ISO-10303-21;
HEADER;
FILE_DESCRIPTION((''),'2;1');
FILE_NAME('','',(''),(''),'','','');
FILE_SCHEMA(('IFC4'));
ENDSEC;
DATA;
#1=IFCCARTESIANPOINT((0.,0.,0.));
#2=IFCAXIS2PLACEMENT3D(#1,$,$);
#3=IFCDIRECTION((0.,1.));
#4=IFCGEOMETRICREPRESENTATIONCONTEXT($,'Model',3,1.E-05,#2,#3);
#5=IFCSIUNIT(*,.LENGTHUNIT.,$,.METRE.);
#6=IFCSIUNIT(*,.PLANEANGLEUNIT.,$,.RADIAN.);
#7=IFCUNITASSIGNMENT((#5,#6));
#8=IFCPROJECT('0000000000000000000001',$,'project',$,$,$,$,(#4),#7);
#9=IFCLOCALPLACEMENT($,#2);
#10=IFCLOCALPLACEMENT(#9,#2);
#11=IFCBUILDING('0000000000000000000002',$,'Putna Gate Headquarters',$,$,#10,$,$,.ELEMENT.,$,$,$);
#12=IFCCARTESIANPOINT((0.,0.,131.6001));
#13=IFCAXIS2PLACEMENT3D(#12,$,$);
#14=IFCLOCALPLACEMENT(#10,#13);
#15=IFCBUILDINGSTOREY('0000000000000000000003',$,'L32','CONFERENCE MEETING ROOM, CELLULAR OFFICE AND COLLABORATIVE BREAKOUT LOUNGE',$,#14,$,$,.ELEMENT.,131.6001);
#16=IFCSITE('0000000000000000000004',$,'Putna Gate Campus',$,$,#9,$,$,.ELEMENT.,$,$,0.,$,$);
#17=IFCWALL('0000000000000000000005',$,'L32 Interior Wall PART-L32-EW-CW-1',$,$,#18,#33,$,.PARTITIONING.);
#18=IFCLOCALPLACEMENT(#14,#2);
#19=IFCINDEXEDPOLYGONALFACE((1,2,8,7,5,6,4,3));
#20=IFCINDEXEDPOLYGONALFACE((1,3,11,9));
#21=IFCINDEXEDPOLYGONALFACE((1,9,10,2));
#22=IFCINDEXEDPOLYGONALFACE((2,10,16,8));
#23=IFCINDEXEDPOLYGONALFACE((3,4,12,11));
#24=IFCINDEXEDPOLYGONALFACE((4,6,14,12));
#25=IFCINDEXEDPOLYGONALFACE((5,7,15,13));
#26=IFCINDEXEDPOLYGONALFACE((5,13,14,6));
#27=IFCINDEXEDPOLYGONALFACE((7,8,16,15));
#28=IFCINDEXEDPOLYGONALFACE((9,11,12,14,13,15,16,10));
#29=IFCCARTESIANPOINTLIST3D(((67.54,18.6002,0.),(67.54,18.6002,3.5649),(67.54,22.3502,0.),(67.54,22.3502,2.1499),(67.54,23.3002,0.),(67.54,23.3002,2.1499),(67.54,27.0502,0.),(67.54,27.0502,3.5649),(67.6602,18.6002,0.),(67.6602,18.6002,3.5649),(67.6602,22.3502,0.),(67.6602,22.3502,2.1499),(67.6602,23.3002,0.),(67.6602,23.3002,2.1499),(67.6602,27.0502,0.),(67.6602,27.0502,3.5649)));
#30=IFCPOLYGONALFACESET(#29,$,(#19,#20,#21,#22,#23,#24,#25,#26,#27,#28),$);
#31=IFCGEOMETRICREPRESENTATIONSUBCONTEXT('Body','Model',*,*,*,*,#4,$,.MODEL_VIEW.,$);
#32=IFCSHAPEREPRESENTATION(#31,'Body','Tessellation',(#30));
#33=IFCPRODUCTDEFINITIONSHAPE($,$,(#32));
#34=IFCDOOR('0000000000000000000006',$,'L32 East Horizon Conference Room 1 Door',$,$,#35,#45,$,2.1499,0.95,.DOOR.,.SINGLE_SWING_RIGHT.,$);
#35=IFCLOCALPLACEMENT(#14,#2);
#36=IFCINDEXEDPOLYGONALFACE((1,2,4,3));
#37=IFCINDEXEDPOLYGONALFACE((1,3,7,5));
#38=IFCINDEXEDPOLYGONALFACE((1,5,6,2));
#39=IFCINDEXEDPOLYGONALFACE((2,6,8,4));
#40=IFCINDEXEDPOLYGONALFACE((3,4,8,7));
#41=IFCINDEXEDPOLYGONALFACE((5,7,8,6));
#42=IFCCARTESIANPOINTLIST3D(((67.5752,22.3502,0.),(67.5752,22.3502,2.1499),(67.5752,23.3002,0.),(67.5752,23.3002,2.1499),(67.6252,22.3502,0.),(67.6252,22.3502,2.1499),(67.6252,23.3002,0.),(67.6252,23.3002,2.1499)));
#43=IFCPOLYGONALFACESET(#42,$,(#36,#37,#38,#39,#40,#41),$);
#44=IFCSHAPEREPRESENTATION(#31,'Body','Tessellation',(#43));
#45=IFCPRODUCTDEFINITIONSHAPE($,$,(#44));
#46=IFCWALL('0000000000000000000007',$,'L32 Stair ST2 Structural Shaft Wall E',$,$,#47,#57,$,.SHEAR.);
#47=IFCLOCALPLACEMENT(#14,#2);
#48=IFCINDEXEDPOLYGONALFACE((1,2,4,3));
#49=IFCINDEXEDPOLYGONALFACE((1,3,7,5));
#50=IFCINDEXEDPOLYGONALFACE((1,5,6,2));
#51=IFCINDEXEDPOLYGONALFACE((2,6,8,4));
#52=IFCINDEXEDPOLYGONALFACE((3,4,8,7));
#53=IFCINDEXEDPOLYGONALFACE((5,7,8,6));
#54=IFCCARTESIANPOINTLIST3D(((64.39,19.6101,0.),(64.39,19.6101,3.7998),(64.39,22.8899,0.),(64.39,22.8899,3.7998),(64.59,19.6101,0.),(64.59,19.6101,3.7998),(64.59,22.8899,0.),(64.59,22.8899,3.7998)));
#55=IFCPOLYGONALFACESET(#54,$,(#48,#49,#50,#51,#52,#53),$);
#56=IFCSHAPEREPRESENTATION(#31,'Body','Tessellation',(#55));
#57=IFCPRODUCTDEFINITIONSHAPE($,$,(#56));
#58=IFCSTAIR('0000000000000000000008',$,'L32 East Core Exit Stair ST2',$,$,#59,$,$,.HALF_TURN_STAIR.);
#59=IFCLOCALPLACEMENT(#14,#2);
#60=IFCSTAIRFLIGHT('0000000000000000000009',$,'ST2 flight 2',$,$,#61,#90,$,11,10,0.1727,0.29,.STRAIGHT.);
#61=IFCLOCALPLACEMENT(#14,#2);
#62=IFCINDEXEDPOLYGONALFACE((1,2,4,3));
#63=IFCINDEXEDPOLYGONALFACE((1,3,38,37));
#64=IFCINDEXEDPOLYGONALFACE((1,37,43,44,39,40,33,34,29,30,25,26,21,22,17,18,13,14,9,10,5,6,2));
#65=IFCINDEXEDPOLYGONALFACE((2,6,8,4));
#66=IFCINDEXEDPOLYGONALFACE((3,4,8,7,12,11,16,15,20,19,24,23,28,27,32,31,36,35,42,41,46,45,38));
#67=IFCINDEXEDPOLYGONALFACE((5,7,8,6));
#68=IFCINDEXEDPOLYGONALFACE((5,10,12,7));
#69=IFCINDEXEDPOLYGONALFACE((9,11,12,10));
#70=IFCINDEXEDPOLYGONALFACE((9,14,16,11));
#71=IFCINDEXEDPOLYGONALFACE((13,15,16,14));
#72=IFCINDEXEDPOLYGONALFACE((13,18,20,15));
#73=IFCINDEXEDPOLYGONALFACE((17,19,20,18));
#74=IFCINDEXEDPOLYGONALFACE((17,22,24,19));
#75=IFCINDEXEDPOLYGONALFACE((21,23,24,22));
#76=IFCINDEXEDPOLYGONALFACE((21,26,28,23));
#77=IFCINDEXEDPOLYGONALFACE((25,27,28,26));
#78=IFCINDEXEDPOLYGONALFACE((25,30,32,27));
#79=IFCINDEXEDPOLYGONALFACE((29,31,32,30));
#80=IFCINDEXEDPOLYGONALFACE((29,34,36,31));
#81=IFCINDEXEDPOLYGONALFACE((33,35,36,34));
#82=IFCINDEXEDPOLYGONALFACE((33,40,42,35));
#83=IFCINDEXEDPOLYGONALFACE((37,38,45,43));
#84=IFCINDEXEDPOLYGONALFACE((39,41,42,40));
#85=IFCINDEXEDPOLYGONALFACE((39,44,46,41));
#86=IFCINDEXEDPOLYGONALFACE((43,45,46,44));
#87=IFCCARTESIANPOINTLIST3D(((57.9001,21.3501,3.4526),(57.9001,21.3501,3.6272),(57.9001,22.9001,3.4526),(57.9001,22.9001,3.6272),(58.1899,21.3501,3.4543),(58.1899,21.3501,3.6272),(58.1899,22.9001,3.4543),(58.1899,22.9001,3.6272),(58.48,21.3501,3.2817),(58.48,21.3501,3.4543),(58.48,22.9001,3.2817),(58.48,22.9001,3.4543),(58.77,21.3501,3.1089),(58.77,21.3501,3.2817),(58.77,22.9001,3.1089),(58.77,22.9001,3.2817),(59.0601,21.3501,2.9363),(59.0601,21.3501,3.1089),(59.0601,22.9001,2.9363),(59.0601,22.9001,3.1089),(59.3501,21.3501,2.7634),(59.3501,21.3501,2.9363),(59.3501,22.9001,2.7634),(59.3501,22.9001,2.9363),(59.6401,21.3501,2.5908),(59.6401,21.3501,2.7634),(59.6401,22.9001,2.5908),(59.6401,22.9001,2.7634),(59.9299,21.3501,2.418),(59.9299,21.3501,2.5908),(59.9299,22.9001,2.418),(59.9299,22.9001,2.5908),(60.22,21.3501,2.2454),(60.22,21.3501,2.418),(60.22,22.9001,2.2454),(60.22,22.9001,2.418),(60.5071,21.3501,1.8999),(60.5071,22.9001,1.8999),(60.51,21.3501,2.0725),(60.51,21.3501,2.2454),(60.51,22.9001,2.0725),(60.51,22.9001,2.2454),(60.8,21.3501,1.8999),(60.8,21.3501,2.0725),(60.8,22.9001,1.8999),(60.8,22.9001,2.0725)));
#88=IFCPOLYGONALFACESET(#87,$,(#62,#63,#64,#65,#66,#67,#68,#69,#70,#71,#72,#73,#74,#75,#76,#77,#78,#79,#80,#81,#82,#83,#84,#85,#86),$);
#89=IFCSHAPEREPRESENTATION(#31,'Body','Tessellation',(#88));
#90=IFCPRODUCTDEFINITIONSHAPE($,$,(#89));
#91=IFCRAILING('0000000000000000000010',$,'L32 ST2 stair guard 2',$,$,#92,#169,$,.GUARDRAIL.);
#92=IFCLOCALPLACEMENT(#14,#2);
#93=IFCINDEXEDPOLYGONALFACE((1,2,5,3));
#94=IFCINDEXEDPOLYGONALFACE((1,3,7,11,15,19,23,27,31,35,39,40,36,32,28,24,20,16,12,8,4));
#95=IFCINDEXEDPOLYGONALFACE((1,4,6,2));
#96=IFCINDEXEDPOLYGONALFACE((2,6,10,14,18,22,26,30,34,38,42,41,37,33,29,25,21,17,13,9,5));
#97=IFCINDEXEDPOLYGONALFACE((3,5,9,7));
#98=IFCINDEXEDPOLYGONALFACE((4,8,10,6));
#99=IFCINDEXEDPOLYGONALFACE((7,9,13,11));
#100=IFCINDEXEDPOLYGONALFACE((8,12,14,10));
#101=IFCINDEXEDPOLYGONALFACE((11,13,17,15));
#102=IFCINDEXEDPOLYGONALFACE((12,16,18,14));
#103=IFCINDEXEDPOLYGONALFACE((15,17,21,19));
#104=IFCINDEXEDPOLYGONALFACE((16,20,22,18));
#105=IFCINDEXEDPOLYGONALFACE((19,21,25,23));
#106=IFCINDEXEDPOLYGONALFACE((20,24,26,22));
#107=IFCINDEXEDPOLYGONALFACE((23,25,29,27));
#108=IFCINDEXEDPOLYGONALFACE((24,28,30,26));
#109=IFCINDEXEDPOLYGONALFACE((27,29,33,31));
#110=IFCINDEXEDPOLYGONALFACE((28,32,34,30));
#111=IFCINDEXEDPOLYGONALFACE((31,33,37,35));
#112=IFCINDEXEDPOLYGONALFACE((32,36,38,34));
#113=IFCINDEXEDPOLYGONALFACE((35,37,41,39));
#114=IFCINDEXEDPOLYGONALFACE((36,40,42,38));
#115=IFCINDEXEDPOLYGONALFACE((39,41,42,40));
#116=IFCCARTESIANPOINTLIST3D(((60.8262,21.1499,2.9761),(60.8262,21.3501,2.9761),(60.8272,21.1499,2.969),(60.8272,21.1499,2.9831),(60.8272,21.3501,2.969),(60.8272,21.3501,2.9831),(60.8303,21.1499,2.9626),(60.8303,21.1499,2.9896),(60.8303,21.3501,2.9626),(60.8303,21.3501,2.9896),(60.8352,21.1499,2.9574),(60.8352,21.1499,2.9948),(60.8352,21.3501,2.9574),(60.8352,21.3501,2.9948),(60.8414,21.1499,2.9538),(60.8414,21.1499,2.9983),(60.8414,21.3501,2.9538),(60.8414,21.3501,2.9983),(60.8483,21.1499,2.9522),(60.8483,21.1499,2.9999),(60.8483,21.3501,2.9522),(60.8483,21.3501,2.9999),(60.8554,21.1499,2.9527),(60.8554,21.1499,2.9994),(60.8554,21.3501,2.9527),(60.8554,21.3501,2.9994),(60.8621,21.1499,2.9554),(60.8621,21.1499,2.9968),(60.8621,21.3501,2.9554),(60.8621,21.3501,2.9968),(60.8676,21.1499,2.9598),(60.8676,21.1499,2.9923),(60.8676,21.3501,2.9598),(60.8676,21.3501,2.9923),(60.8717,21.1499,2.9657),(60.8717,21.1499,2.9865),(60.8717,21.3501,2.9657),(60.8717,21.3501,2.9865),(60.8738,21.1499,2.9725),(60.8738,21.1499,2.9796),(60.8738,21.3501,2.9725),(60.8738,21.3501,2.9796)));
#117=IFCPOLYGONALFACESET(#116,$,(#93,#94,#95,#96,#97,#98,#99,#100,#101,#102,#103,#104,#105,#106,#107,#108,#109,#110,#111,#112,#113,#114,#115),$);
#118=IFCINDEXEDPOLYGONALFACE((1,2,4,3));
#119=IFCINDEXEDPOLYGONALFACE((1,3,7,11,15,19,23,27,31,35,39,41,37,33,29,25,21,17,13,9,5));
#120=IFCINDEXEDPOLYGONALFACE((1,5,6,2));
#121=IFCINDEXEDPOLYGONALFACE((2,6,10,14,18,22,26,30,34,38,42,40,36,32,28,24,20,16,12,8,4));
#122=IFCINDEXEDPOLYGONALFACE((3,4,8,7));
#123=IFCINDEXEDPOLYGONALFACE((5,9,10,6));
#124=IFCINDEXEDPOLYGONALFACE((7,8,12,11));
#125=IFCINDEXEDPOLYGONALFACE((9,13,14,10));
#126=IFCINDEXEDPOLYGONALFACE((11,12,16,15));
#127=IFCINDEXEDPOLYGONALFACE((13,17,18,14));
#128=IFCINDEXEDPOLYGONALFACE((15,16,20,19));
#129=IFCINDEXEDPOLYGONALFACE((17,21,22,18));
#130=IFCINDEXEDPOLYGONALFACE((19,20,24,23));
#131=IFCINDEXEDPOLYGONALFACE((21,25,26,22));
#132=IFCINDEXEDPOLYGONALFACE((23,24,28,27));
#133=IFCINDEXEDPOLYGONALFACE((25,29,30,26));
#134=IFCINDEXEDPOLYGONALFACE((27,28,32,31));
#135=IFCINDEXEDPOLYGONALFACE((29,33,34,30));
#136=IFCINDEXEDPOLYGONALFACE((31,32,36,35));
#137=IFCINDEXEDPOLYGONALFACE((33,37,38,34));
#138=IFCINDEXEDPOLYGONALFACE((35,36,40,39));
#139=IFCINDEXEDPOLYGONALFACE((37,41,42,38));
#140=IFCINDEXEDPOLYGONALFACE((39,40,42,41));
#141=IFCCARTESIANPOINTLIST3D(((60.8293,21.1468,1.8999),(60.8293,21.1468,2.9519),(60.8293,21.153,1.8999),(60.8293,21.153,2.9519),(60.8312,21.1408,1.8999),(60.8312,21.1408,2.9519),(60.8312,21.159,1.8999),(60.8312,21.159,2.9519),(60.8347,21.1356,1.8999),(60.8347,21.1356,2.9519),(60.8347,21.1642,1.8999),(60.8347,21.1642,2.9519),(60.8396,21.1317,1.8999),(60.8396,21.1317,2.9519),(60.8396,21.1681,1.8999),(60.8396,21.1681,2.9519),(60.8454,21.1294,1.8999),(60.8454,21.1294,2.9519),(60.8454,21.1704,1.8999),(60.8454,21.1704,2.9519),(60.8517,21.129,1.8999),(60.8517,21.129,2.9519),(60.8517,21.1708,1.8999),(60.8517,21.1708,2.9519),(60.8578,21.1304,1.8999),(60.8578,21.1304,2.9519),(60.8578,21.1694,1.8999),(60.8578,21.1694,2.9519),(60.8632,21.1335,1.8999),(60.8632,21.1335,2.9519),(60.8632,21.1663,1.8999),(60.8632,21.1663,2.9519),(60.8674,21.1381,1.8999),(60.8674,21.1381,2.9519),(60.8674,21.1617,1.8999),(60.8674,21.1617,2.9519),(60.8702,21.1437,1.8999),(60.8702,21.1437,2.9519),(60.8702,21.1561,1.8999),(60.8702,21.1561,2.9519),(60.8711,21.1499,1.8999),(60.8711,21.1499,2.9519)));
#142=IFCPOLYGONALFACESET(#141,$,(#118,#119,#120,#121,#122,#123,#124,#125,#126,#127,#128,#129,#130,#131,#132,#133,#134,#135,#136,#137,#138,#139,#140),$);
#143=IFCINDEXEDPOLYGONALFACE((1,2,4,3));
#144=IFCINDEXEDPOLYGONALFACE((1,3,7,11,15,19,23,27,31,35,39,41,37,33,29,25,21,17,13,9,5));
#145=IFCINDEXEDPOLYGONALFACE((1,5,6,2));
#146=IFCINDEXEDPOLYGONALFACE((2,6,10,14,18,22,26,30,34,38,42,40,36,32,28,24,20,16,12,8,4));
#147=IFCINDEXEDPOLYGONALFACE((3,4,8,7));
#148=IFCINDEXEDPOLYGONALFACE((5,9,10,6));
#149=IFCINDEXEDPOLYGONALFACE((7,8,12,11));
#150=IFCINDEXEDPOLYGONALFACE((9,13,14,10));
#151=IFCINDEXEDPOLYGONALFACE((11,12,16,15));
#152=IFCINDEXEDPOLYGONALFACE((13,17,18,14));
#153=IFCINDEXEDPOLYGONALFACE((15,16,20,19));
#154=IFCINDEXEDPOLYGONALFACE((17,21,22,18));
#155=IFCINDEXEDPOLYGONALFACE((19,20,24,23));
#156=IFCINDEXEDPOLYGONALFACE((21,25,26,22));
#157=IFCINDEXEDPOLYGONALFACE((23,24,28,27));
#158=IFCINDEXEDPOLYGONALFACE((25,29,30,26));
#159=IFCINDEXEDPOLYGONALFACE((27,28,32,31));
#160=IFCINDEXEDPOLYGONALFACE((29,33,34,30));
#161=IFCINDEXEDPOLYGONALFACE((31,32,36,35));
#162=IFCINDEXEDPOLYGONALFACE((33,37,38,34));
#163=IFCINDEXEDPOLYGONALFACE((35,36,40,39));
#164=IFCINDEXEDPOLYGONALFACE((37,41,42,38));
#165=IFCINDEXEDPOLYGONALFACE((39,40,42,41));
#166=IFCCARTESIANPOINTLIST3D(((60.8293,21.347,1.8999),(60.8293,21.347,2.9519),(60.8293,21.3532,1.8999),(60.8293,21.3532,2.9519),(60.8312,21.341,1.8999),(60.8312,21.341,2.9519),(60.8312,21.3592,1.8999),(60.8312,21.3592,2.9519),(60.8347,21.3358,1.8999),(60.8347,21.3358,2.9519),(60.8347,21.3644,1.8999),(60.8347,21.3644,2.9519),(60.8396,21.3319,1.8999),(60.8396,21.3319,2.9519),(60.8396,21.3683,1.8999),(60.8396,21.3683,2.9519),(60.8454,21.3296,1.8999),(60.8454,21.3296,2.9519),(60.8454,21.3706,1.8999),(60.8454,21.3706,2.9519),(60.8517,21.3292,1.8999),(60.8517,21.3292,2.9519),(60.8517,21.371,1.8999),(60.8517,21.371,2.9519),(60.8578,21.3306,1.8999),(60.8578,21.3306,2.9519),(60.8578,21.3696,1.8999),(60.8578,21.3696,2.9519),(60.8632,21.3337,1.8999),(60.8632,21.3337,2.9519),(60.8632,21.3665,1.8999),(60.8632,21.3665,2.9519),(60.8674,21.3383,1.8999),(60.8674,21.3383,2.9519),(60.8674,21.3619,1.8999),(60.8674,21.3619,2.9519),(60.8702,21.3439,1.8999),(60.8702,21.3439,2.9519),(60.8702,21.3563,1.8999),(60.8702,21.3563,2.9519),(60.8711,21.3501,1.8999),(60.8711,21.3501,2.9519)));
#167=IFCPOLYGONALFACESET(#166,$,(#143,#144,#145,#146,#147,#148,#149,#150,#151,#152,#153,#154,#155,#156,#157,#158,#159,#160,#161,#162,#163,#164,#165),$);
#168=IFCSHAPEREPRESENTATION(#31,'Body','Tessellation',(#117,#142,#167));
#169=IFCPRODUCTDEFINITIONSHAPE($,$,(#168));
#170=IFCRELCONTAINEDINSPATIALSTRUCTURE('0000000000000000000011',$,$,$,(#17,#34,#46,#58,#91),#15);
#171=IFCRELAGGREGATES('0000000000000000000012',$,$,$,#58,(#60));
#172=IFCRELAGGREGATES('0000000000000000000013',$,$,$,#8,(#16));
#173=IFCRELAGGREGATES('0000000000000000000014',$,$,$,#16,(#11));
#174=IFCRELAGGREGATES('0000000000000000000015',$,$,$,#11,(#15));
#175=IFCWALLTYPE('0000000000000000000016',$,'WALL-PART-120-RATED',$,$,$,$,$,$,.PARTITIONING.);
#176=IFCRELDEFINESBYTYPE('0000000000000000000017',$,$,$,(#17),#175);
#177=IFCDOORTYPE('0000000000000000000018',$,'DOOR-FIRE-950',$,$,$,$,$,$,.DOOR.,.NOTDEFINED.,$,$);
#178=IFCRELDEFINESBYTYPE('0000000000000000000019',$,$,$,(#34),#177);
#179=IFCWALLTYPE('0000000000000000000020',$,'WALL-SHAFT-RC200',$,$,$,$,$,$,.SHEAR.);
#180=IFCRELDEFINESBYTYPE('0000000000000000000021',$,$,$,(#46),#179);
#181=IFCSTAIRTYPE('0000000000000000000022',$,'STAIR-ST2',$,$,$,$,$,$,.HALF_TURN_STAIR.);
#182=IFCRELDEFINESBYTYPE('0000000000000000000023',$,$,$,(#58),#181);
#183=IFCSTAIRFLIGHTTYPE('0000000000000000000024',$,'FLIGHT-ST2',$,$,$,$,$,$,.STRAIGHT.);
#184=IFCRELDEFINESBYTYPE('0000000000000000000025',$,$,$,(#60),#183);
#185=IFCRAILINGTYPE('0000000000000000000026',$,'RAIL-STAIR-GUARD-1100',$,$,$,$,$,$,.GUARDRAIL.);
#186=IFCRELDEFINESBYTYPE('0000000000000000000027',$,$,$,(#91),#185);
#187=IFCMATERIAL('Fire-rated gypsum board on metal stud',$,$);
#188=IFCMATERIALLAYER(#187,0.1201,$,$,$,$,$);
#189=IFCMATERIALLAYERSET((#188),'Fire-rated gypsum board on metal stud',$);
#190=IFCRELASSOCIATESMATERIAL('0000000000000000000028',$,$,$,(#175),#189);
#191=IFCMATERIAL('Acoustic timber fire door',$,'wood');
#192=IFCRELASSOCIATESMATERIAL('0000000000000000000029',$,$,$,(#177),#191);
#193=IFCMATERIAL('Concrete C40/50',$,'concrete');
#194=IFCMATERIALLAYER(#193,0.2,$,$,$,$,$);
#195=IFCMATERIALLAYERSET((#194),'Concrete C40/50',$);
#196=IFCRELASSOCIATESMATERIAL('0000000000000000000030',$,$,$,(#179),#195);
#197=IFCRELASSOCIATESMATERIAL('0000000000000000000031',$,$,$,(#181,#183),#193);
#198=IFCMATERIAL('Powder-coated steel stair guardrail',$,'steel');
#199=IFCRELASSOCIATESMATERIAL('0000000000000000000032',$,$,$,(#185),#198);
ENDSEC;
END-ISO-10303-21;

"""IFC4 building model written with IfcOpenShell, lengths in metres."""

from ifc_helpers import new_model, si_unit, direction, frame, frame_2d, origin, origin_2d, place, context, subcontext, project, spatial, polyline, rectangle, circle, outline, extrude, material, layer, layer_set, type_object, element, fill, aggregate, save


model = new_model("IFC4")

# Units and contexts
model_context = context("Model", 3, precision=1e-05, world=origin(), true_north=direction((0.0, 1.0)))
body_context = subcontext(model_context, "Body", "Model", "MODEL_VIEW")
ifc_project = project(units=[si_unit("LENGTHUNIT", "METRE"), si_unit("PLANEANGLEUNIT", "RADIAN")], contexts=[model_context])

# Site, building, storey
site_placement = place(None, origin())
site = spatial("IfcSite", under=ifc_project, at=site_placement, Name="Putna Gate Campus", CompositionType="ELEMENT", RefElevation=0.0)
building_placement = place(site_placement, origin())
building = spatial("IfcBuilding", under=site, at=building_placement, Name="Putna Gate Headquarters", CompositionType="ELEMENT")
storey_placement = place(building_placement, frame((0.0, 0.0, 131.6001)))
storey = spatial("IfcBuildingStorey", under=building, at=storey_placement, Name="L32", Description="CONFERENCE MEETING ROOM, CELLULAR OFFICE AND COLLABORATIVE BREAKOUT LOUNGE", CompositionType="ELEMENT", Elevation=131.6001)

# Shared definitions
ifc_material_1 = material(Name="Fire-rated gypsum board on metal stud")
ifc_layer_1 = layer(ifc_material_1, 0.1201)
ifc_layer_set_1 = layer_set([ifc_layer_1], Name="Fire-rated gypsum board on metal stud")
wall_type_1 = type_object("IfcWallType", Name="WALL-PART-120-RATED", PredefinedType="PARTITIONING", material=ifc_layer_set_1)

# Shared definitions
ifc_material_2 = material(Name="Acoustic timber fire door", Category="wood")
door_type_1 = type_object("IfcDoorType", Name="DOOR-FIRE-950", OperationType="NOTDEFINED", PredefinedType="DOOR", material=ifc_material_2)

# Wall, opening, door
wall_1_placement = place(storey_placement, frame((67.6001, 18.6001, 0.0), z_axis=(0.0, 0.0, 1.0), x_axis=(0.0, 1.0, 0.0)))
wall_1 = element("IfcWall", 1, at=wall_1_placement, inside=storey, type_object=wall_type_1, Name="L32 Interior Wall PART-L32-EW-CW-1", PredefinedType="PARTITIONING", context=body_context, shape_type="SweptSolid", body=[
    extrude(rectangle(XDim=8.45, YDim=0.1201, at=frame_2d((4.2251, 0.0))), origin(), (0.0, 0.0, 1.0), 3.5649),
])
opening_1_placement = place(wall_1_placement, frame((3.75, 0.0, 0.0)))
opening_1 = element("IfcOpeningElement", 2, at=opening_1_placement, cuts=wall_1, PredefinedType="OPENING", context=body_context, shape_type="SweptSolid", body=[
    extrude(rectangle(XDim=0.95, YDim=2.1499, at=frame_2d((0.4751, 1.075))), frame((0.0, 0.0701, 0.0), z_axis=(0.0, -1.0, 0.0), x_axis=(1.0, 0.0, 0.0)), (0.0, 0.0, 1.0), 0.1401),
])
door_1_placement = place(opening_1_placement, origin())
door_1 = element("IfcDoor", 3, at=door_1_placement, inside=storey, type_object=door_type_1, Name="L32 East Horizon Conference Room 1 Door", OperationType="SINGLE_SWING_RIGHT", OverallHeight=2.1499, OverallWidth=0.95, PredefinedType="DOOR", context=body_context, shape_type="SweptSolid", body=[
    extrude(rectangle(XDim=0.95, YDim=2.1499, at=frame_2d((0.4751, 1.075))), frame((0.0, 0.0249, 0.0), z_axis=(0.0, -1.0, 0.0), x_axis=(1.0, 0.0, 0.0)), (0.0, 0.0, 1.0), 0.05),
])
fill(opening_1, door_1)

# Wall
ifc_material_3 = material(Name="Concrete C40/50", Category="concrete")
ifc_layer_2 = layer(ifc_material_3, 0.2)
ifc_layer_set_2 = layer_set([ifc_layer_2], Name="Concrete C40/50")
wall_type_2 = type_object("IfcWallType", Name="WALL-SHAFT-RC200", PredefinedType="SHEAR", material=ifc_layer_set_2)
wall_2_placement = place(storey_placement, frame((64.49, 19.6101, 0.0), z_axis=(0.0, 0.0, 1.0), x_axis=(0.0, 1.0, 0.0)))
element("IfcWall", 4, at=wall_2_placement, inside=storey, type_object=wall_type_2, Name="L32 Stair ST2 Structural Shaft Wall E", PredefinedType="SHEAR", context=body_context, shape_type="SweptSolid", body=[
    extrude(rectangle(XDim=3.2798, YDim=0.2, at=frame_2d((1.6399, 0.0))), origin(), (0.0, 0.0, 1.0), 3.7998),
])

# Stair, stair flight
stair_type = type_object("IfcStairType", Name="STAIR-ST2", PredefinedType="HALF_TURN_STAIR", material=ifc_material_3)
stair_placement = place(storey_placement, origin())
stair = element("IfcStair", 5, at=stair_placement, inside=storey, type_object=stair_type, Name="L32 East Core Exit Stair ST2", PredefinedType="HALF_TURN_STAIR")
stair_flight_type = type_object("IfcStairFlightType", Name="FLIGHT-ST2", PredefinedType="STRAIGHT", material=ifc_material_3)
stair_flight_placement = place(storey_placement, frame((60.8, 22.125, 1.8999), z_axis=(0.0, 0.0, 1.0), x_axis=(-1.0, 0.0, 0.0)))
stair_flight = element("IfcStairFlight", 6, at=stair_flight_placement, type_object=stair_flight_type, Name="ST2 flight 2", NumberOfRisers=11, NumberOfTreads=10, PredefinedType="STRAIGHT", RiserHeight=0.1727, TreadLength=0.29, context=body_context, shape_type="SweptSolid", body=[
    extrude(outline(polyline([(0.0, 0.0), (0.0, 0.1726), (0.29, 0.1726), (0.29, 0.3455), (0.5801, 0.3455), (0.5801, 0.5181), (0.8701, 0.5181), (0.8701, 0.6909), (1.1599, 0.6909), (1.1599, 0.8635), (1.45, 0.8635), (1.45, 1.0364), (1.74, 1.0364), (1.74, 1.209), (2.03, 1.209), (2.03, 1.3818), (2.3201, 1.3818), (2.3201, 1.5544), (2.6101, 1.5544), (2.6101, 1.7273), (2.8999, 1.7273), (2.8999, 1.8999), (2.8999, 1.5527), (0.293, 0.0), (0.0, 0.0)])), frame((0.0, 0.7749, 0.0), z_axis=(0.0, -1.0, 0.0), x_axis=(1.0, 0.0, 0.0)), (0.0, 0.0, 1.0), 1.55),
])
aggregate(stair, [stair_flight])

# Railing
ifc_material_4 = material(Name="Powder-coated steel stair guardrail", Category="steel")
railing_type_1 = type_object("IfcRailingType", Name="RAIL-STAIR-GUARD-1100", PredefinedType="GUARDRAIL", material=ifc_material_4)
railing_1_placement = place(storey_placement, frame((60.8501, 21.1499, 1.8999)))
element("IfcRailing", 7, at=railing_1_placement, inside=storey, type_object=railing_type_1, Name="L32 ST2 stair guard 2", PredefinedType="GUARDRAIL", context=body_context, shape_type="SweptSolid", body=[
    extrude(circle(Radius=0.0239, at=origin_2d()), frame((0.0, 0.0, 1.0762), z_axis=(0.0, 1.0, 0.0), x_axis=(-1.0, 0.0, 0.0)), (0.0, 0.0, 1.0), 0.2002),
    extrude(circle(Radius=0.021, at=origin_2d()), origin(), (0.0, 0.0, 1.0), 1.052),
    extrude(circle(Radius=0.021, at=origin_2d()), frame((0.0, 0.2002, 0.0)), (0.0, 0.0, 1.0), 1.052),
])

save(model, "model.ifc")
